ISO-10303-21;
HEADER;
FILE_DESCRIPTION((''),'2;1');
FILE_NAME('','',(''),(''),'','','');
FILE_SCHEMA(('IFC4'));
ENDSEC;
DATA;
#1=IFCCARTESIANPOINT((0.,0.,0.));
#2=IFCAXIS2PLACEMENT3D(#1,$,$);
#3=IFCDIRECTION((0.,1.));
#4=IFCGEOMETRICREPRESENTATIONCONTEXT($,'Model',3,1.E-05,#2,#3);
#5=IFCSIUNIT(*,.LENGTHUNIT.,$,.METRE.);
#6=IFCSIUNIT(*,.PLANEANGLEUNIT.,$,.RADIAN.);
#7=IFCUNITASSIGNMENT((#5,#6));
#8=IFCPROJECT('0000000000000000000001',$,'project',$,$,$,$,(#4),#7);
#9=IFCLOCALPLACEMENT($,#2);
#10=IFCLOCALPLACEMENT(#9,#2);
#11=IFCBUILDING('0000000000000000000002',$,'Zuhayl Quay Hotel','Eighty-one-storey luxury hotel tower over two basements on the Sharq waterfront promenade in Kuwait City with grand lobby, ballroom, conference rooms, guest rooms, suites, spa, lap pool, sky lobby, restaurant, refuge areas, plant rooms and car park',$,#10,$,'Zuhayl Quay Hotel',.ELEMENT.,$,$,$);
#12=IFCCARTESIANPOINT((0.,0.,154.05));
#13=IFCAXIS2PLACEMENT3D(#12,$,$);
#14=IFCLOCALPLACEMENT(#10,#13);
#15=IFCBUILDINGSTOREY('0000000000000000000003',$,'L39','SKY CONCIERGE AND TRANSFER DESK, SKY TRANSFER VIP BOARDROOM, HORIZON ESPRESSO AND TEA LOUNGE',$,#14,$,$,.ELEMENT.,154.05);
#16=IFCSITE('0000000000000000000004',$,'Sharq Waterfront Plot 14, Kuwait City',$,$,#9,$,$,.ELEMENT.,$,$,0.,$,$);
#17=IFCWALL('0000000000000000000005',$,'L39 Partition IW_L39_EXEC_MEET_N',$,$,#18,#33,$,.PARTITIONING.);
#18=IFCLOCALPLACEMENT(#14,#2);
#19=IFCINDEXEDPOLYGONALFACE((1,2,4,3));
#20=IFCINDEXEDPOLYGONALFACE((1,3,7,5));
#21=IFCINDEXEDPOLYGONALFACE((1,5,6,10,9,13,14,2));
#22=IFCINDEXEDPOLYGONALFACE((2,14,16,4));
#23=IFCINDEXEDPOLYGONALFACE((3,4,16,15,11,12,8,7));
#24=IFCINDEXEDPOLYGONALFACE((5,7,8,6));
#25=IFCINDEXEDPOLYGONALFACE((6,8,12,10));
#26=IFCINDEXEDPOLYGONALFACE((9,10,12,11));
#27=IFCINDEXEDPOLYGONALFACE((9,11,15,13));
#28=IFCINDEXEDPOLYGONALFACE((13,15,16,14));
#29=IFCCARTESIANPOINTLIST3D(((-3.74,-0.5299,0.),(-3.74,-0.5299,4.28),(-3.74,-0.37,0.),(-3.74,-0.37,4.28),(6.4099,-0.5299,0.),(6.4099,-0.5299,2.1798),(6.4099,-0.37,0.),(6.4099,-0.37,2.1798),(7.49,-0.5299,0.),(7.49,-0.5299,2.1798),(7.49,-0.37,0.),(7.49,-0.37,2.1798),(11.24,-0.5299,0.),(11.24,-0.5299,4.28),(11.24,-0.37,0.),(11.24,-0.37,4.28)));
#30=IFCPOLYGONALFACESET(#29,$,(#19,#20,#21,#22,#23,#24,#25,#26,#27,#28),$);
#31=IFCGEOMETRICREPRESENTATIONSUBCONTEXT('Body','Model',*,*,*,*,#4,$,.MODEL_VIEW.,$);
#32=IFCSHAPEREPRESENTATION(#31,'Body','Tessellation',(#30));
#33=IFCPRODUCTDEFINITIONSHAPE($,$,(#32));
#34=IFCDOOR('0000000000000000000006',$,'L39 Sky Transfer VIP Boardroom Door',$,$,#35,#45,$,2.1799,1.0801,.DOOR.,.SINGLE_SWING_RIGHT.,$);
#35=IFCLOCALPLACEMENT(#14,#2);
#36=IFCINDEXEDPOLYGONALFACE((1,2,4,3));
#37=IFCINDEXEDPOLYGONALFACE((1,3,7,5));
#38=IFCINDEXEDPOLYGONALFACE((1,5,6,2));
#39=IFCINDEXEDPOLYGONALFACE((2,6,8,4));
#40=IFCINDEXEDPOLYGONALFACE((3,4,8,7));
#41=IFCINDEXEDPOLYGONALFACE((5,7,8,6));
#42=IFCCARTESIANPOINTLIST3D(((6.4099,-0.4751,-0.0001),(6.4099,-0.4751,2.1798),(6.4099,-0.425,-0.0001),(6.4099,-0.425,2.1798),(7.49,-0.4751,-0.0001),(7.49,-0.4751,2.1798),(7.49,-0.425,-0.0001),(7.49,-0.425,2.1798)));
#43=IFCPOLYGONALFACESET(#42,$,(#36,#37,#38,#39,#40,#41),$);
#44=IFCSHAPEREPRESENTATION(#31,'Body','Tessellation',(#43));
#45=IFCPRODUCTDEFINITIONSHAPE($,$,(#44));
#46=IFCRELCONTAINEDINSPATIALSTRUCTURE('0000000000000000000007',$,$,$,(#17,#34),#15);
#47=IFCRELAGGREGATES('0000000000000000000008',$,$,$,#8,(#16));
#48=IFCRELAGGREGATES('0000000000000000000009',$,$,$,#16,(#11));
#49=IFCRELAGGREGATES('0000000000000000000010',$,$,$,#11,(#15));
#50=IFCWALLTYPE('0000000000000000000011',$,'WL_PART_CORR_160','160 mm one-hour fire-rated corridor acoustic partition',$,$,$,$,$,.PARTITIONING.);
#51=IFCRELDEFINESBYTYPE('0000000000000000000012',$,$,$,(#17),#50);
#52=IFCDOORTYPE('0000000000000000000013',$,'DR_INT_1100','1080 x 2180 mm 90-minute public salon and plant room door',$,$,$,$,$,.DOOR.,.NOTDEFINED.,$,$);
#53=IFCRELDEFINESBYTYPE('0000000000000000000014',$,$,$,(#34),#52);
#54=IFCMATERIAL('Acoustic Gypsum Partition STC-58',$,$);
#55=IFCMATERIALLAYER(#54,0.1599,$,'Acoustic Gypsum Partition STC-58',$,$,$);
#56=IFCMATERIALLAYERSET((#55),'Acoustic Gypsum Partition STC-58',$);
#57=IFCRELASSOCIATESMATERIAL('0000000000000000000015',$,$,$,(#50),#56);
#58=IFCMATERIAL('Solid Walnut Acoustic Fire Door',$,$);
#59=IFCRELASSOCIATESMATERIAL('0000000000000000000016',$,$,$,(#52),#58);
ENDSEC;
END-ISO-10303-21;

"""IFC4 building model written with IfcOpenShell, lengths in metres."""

from ifc_helpers import new_model, si_unit, direction, frame, frame_2d, origin, place, context, subcontext, project, spatial, rectangle, extrude, material, layer, layer_set, type_object, element, fill, save


model = new_model("IFC4")

# Units and contexts
model_context = context("Model", 3, precision=1e-05, world=origin(), true_north=direction((0.0, 1.0)))
body_context = subcontext(model_context, "Body", "Model", "MODEL_VIEW")
ifc_project = project(units=[si_unit("LENGTHUNIT", "METRE"), si_unit("PLANEANGLEUNIT", "RADIAN")], contexts=[model_context])

# Site, building, storey
site_placement = place(None, origin())
site = spatial("IfcSite", under=ifc_project, at=site_placement, Name="Sharq Waterfront Plot 14, Kuwait City", CompositionType="ELEMENT", RefElevation=0.0)
building_placement = place(site_placement, origin())
building = spatial("IfcBuilding", under=site, at=building_placement, Name="Zuhayl Quay Hotel", Description="Eighty-one-storey luxury hotel tower over two basements on the Sharq waterfront promenade in Kuwait City with grand lobby, ballroom, conference rooms, guest rooms, suites, spa, lap pool, sky lobby, restaurant, refuge areas, plant rooms and car park", LongName="Zuhayl Quay Hotel", CompositionType="ELEMENT")
storey_placement = place(building_placement, frame((0.0, 0.0, 154.05)))
storey = spatial("IfcBuildingStorey", under=building, at=storey_placement, Name="L39", Description="SKY CONCIERGE AND TRANSFER DESK, SKY TRANSFER VIP BOARDROOM, HORIZON ESPRESSO AND TEA LOUNGE", CompositionType="ELEMENT", Elevation=154.05)

# Shared definitions
ifc_material_1 = material(Name="Acoustic Gypsum Partition STC-58")

# Wall, opening, door
ifc_layer_1 = layer(ifc_material_1, 0.1599, Name="Acoustic Gypsum Partition STC-58")
ifc_layer_set_1 = layer_set([ifc_layer_1], Name="Acoustic Gypsum Partition STC-58")
wall_type_1 = type_object("IfcWallType", Name="WL_PART_CORR_160", Description="160 mm one-hour fire-rated corridor acoustic partition", PredefinedType="PARTITIONING", material=ifc_layer_set_1)
wall_1_placement = place(storey_placement, frame((-3.74, -0.45, 0.0), z_axis=(0.0, 0.0, 1.0), x_axis=(1.0, 0.0, 0.0)))
wall_1 = element("IfcWall", 1, at=wall_1_placement, inside=storey, type_object=wall_type_1, Name="L39 Partition IW_L39_EXEC_MEET_N", PredefinedType="PARTITIONING", context=body_context, shape_type="SweptSolid", body=[
    extrude(rectangle(XDim=14.98, YDim=0.1599, at=frame_2d((7.49, 0.0))), origin(), (0.0, 0.0, 1.0), 4.28),
])
opening_1_placement = place(wall_1_placement, frame((10.1499, 0.0, 0.0)))
opening_1 = element("IfcOpeningElement", 2, at=opening_1_placement, cuts=wall_1, PredefinedType="OPENING", context=body_context, shape_type="SweptSolid", body=[
    extrude(rectangle(XDim=1.0801, YDim=2.1799, at=frame_2d((0.54, 1.0898))), frame((0.0, 0.0898, 0.0), z_axis=(0.0, -1.0, 0.0), x_axis=(1.0, 0.0, 0.0)), (0.0, 0.0, 1.0), 0.1799),
])
ifc_material_2 = material(Name="Solid Walnut Acoustic Fire Door")
door_type_1 = type_object("IfcDoorType", Name="DR_INT_1100", Description="1080 x 2180 mm 90-minute public salon and plant room door", OperationType="NOTDEFINED", PredefinedType="DOOR", material=ifc_material_2)
door_1_placement = place(opening_1_placement, origin())
door_1 = element("IfcDoor", 3, at=door_1_placement, inside=storey, type_object=door_type_1, Name="L39 Sky Transfer VIP Boardroom Door", OperationType="SINGLE_SWING_RIGHT", OverallHeight=2.1799, OverallWidth=1.0801, PredefinedType="DOOR", context=body_context, shape_type="SweptSolid", body=[
    extrude(rectangle(XDim=1.0801, YDim=2.1799, at=frame_2d((0.54, 1.0898))), frame((0.0, 0.0249, 0.0), z_axis=(0.0, -1.0, 0.0), x_axis=(1.0, 0.0, 0.0)), (0.0, 0.0, 1.0), 0.05),
])
fill(opening_1, door_1)

save(model, "model.ifc")
